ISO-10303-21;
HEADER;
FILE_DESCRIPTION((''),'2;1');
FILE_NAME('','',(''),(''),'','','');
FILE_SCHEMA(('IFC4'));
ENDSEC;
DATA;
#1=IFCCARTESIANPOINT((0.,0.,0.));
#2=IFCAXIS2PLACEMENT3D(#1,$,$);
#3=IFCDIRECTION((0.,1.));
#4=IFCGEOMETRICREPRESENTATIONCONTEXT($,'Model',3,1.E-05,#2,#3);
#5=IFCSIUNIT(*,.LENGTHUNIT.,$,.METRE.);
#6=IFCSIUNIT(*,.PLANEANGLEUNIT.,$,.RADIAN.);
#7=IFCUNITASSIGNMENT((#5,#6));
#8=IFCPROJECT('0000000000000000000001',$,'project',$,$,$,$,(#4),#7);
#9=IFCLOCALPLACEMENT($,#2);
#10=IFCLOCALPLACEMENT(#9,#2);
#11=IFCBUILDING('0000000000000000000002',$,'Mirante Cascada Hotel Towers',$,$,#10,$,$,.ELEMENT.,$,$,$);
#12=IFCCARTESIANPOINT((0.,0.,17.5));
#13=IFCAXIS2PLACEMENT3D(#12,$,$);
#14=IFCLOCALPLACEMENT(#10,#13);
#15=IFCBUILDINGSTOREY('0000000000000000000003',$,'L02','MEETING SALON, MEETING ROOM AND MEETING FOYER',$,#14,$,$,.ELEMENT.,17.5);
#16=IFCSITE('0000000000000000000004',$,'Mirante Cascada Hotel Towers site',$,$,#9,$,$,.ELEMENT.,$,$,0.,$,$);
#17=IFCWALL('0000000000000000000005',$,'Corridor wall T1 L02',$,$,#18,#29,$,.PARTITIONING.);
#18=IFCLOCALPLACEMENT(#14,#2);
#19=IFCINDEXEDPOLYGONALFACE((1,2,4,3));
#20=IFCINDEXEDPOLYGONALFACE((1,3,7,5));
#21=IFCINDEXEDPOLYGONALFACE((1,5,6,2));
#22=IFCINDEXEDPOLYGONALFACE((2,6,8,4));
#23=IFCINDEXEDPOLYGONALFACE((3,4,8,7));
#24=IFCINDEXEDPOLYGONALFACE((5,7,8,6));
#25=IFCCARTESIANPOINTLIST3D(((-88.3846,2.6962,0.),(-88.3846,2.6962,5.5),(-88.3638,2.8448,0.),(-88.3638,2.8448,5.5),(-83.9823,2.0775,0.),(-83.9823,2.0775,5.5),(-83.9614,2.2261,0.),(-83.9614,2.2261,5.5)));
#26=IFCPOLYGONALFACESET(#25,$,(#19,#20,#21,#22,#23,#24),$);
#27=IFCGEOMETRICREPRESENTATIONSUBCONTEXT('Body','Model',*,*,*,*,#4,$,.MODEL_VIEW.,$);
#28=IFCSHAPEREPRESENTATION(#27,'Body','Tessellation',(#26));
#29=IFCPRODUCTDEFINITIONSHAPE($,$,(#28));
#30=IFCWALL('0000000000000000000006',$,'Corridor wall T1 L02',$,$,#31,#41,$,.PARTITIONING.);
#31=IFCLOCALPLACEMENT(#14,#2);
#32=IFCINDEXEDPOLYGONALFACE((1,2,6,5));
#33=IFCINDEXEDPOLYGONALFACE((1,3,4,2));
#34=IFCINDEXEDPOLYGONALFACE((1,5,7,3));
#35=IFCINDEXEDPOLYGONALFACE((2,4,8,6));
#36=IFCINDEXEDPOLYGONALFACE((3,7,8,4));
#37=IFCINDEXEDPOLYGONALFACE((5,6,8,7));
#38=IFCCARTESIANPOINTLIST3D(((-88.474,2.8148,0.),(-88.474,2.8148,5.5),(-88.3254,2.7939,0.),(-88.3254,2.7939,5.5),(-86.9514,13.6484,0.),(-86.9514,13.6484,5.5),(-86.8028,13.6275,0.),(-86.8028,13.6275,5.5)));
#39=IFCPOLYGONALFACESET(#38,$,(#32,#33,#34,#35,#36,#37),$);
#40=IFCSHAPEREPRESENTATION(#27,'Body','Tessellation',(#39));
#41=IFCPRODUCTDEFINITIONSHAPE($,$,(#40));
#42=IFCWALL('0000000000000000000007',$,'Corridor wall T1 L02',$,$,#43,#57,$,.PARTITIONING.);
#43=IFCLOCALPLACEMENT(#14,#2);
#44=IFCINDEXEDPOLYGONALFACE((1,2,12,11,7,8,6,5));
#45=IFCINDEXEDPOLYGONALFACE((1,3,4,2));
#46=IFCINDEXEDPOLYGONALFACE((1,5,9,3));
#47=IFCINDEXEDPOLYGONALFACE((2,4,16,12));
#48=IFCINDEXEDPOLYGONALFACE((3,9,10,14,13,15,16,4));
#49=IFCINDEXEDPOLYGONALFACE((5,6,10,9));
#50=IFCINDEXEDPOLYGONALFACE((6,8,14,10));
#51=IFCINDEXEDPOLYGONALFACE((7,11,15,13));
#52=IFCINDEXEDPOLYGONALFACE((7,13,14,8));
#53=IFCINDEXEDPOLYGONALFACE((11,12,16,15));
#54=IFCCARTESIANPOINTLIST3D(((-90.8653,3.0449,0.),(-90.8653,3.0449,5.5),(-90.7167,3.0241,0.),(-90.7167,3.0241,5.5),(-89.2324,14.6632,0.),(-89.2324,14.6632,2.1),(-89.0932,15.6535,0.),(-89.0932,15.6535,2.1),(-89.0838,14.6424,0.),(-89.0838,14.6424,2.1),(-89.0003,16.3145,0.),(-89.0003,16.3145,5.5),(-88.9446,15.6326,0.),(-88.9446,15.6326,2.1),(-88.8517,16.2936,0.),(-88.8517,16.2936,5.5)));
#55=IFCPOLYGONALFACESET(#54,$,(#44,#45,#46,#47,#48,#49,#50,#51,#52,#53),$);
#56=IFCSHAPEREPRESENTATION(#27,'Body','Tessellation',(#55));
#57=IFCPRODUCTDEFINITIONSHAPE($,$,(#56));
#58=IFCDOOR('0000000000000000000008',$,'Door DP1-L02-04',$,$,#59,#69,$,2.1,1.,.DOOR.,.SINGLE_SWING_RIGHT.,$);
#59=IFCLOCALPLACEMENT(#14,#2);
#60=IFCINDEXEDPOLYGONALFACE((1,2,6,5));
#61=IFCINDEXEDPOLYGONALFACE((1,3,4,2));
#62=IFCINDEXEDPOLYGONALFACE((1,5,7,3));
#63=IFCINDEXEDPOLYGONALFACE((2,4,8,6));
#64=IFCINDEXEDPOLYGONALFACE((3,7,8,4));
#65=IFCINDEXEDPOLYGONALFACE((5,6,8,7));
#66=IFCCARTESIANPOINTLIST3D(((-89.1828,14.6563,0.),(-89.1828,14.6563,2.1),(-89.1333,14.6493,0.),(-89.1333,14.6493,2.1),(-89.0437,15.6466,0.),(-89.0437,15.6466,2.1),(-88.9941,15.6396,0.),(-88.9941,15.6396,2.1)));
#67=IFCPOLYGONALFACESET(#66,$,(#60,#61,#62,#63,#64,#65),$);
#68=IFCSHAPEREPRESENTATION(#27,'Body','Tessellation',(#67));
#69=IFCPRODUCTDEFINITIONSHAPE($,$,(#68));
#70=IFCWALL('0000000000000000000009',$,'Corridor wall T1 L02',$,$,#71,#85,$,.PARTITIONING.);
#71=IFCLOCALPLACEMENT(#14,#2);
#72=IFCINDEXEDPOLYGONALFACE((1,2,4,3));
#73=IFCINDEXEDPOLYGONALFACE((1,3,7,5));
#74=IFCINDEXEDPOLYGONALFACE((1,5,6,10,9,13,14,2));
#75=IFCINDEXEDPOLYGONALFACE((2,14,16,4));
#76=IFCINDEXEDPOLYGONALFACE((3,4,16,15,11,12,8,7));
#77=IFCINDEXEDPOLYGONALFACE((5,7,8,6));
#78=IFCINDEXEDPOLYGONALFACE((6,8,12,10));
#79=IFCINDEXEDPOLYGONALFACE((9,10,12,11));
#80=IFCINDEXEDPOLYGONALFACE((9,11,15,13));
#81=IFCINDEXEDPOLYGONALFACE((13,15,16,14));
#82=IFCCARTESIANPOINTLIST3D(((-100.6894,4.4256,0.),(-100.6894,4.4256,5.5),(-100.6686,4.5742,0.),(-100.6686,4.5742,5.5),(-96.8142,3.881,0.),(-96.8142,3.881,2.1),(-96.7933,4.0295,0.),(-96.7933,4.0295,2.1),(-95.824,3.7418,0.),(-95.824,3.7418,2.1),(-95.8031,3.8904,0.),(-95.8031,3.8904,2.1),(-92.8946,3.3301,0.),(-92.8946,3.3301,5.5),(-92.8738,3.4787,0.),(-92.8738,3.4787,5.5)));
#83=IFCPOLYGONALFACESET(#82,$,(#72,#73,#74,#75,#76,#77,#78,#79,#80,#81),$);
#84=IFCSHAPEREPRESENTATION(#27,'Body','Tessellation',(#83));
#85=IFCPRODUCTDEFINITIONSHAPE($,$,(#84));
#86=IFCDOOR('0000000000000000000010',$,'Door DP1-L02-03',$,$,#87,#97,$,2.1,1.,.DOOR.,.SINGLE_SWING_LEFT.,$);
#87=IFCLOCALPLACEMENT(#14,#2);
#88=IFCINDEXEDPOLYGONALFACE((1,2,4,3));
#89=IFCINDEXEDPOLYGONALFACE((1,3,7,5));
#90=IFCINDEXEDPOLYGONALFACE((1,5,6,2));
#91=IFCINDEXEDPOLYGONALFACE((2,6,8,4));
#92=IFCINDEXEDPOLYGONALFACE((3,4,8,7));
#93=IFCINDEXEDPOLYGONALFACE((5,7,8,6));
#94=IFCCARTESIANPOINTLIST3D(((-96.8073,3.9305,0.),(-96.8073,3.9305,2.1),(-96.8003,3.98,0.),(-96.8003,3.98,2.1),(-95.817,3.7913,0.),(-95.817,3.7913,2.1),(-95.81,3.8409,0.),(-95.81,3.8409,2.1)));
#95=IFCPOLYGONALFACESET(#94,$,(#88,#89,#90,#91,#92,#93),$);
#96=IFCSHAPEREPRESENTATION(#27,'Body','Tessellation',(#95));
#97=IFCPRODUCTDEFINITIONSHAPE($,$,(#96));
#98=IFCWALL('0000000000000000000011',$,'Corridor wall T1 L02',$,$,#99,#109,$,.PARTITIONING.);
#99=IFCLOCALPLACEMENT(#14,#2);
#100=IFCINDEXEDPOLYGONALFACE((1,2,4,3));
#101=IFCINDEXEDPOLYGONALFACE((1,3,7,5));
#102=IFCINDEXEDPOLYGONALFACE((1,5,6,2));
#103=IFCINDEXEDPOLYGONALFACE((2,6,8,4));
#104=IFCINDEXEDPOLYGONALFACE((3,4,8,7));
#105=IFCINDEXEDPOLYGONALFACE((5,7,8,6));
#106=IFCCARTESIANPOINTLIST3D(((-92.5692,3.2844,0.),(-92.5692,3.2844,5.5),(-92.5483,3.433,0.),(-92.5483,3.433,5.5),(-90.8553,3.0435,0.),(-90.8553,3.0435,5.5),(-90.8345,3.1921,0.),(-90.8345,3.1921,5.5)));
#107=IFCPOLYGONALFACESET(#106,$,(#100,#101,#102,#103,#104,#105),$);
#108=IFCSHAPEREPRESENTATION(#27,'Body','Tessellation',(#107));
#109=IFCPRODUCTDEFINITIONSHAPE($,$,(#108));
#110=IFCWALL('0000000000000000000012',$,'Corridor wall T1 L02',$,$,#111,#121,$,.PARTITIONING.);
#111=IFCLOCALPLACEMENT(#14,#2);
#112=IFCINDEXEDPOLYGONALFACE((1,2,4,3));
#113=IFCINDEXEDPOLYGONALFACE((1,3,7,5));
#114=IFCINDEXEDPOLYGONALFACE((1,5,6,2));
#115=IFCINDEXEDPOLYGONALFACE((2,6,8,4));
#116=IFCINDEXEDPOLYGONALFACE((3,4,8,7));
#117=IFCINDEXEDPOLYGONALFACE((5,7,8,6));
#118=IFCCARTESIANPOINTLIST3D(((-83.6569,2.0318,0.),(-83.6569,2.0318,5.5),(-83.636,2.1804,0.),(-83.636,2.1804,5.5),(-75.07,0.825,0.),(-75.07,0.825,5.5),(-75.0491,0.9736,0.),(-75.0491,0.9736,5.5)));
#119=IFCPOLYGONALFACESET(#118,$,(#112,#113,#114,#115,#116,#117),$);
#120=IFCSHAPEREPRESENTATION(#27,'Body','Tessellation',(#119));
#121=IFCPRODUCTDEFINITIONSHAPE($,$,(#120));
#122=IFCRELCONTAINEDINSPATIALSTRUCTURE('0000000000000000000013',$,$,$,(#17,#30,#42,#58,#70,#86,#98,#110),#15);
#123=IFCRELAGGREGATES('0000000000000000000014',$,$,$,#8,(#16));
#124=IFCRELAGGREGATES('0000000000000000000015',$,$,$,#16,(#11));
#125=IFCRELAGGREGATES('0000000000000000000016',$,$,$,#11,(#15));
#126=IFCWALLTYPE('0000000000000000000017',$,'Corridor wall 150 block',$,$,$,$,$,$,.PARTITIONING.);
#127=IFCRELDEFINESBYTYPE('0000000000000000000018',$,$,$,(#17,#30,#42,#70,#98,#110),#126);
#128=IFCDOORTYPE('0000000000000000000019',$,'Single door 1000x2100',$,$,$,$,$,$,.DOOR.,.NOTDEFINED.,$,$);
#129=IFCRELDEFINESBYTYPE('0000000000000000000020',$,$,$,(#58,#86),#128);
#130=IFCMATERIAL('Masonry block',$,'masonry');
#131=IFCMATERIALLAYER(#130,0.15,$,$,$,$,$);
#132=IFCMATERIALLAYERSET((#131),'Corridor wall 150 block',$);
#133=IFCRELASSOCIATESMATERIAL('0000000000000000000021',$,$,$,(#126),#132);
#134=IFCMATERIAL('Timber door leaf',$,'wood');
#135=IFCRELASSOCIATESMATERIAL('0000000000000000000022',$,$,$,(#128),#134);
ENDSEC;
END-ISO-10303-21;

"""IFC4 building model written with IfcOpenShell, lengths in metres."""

from ifc_helpers import new_model, si_unit, direction, frame, frame_2d, origin, place, context, subcontext, project, spatial, rectangle, extrude, material, layer, layer_set, type_object, element, fill, save


model = new_model("IFC4")

# Units and contexts
model_context = context("Model", 3, precision=1e-05, world=origin(), true_north=direction((0.0, 1.0)))
body_context = subcontext(model_context, "Body", "Model", "MODEL_VIEW")
ifc_project = project(units=[si_unit("LENGTHUNIT", "METRE"), si_unit("PLANEANGLEUNIT", "RADIAN")], contexts=[model_context])

# Site, building, storey
site_placement = place(None, origin())
site = spatial("IfcSite", under=ifc_project, at=site_placement, Name="Mirante Cascada Hotel Towers site", CompositionType="ELEMENT", RefElevation=0.0)
building_placement = place(site_placement, origin())
building = spatial("IfcBuilding", under=site, at=building_placement, Name="Mirante Cascada Hotel Towers", CompositionType="ELEMENT")
storey_placement = place(building_placement, frame((0.0, 0.0, 17.5)))
storey = spatial("IfcBuildingStorey", under=building, at=storey_placement, Name="L02", Description="MEETING SALON, MEETING ROOM AND MEETING FOYER", CompositionType="ELEMENT", Elevation=17.5)

# Walls
ifc_material_1 = material(Name="Masonry block", Category="masonry")
ifc_layer_1 = layer(ifc_material_1, 0.15)
ifc_layer_set_1 = layer_set([ifc_layer_1], Name="Corridor wall 150 block")
wall_type = type_object("IfcWallType", Name="Corridor wall 150 block", PredefinedType="PARTITIONING", material=ifc_layer_set_1)
wall_1_placement = place(storey_placement, frame((-88.3742, 2.7705, 0.0), z_axis=(0.0, 0.0, 1.0), x_axis=(0.990268, -0.139173, 0.0)))
element("IfcWall", 1, at=wall_1_placement, inside=storey, type_object=wall_type, Name="Corridor wall T1 L02", PredefinedType="PARTITIONING", context=body_context, shape_type="SweptSolid", body=[
    extrude(rectangle(XDim=4.4456, YDim=0.15, at=frame_2d((2.2228, 0.0))), origin(), (0.0, 0.0, 1.0), 5.5),
])
wall_2_placement = place(storey_placement, frame((-88.3997, 2.8044, 0.0), z_axis=(0.0, 0.0, 1.0), x_axis=(0.139176, 0.990268, 0.0)))
element("IfcWall", 2, at=wall_2_placement, inside=storey, type_object=wall_type, Name="Corridor wall T1 L02", PredefinedType="PARTITIONING", context=body_context, shape_type="SweptSolid", body=[
    extrude(rectangle(XDim=10.9401, YDim=0.15, at=frame_2d((5.47, 0.0))), origin(), (0.0, 0.0, 1.0), 5.5),
])

# Walls, openings, doors
wall_3_placement = place(storey_placement, frame((-90.791, 3.0345, 0.0), z_axis=(0.0, 0.0, 1.0), x_axis=(0.139179, 0.990267, 0.0)))
wall_3 = element("IfcWall", 3, at=wall_3_placement, inside=storey, type_object=wall_type, Name="Corridor wall T1 L02", PredefinedType="PARTITIONING", context=body_context, shape_type="SweptSolid", body=[
    extrude(rectangle(XDim=13.4, YDim=0.15, at=frame_2d((6.7, 0.0))), origin(), (0.0, 0.0, 1.0), 5.5),
])
opening_1_placement = place(wall_3_placement, frame((11.7325, 0.0, 0.0)))
opening_1 = element("IfcOpeningElement", 4, at=opening_1_placement, cuts=wall_3, PredefinedType="OPENING", context=body_context, shape_type="SweptSolid", body=[
    extrude(rectangle(XDim=1.0, YDim=2.1, at=frame_2d((0.5, 1.05))), frame((0.0, 0.075, 0.0), z_axis=(0.0, -1.0, 0.0), x_axis=(1.0, 0.0, 0.0)), (0.0, 0.0, 1.0), 0.15),
])
ifc_material_2 = material(Name="Timber door leaf", Category="wood")
door_type = type_object("IfcDoorType", Name="Single door 1000x2100", OperationType="NOTDEFINED", PredefinedType="DOOR", material=ifc_material_2)
door_1_placement = place(opening_1_placement, origin())
door_1 = element("IfcDoor", 5, at=door_1_placement, inside=storey, type_object=door_type, Name="Door DP1-L02-04", OperationType="SINGLE_SWING_RIGHT", OverallHeight=2.1, OverallWidth=1.0, PredefinedType="DOOR", context=body_context, shape_type="SweptSolid", body=[
    extrude(rectangle(XDim=1.0, YDim=2.1, at=frame_2d((0.5, 1.05))), frame((0.0, 0.025, 0.0), z_axis=(0.0, -1.0, 0.0), x_axis=(1.0, 0.0, 0.0)), (0.0, 0.0, 1.0), 0.05),
])
fill(opening_1, door_1)
wall_4_placement = place(storey_placement, frame((-100.679, 4.4999, 0.0), z_axis=(0.0, 0.0, 1.0), x_axis=(0.990268, -0.139175, 0.0)))
wall_4 = element("IfcWall", 6, at=wall_4_placement, inside=storey, type_object=wall_type, Name="Corridor wall T1 L02", PredefinedType="PARTITIONING", context=body_context, shape_type="SweptSolid", body=[
    extrude(rectangle(XDim=7.8714, YDim=0.15, at=frame_2d((3.9357, 0.0))), origin(), (0.0, 0.0, 1.0), 5.5),
])
opening_2_placement = place(wall_4_placement, frame((3.9133, 0.0, 0.0)))
opening_2 = element("IfcOpeningElement", 7, at=opening_2_placement, cuts=wall_4, PredefinedType="OPENING", context=body_context, shape_type="SweptSolid", body=[
    extrude(rectangle(XDim=1.0, YDim=2.1, at=frame_2d((0.5, 1.05))), frame((0.0, 0.075, 0.0), z_axis=(0.0, -1.0, 0.0), x_axis=(1.0, 0.0, 0.0)), (0.0, 0.0, 1.0), 0.15),
])
door_2_placement = place(opening_2_placement, frame((1.0, 0.0, 0.0), z_axis=(0.0, 0.0, 1.0), x_axis=(-1.0, 0.0, 0.0)))
door_2 = element("IfcDoor", 8, at=door_2_placement, inside=storey, type_object=door_type, Name="Door DP1-L02-03", OperationType="SINGLE_SWING_LEFT", OverallHeight=2.1, OverallWidth=1.0, PredefinedType="DOOR", context=body_context, shape_type="SweptSolid", body=[
    extrude(rectangle(XDim=1.0, YDim=2.1, at=frame_2d((0.5, 1.05))), frame((0.0, 0.025, 0.0), z_axis=(0.0, -1.0, 0.0), x_axis=(1.0, 0.0, 0.0)), (0.0, 0.0, 1.0), 0.05),
])
fill(opening_2, door_2)

# Walls
wall_5_placement = place(storey_placement, frame((-92.5588, 3.3587, 0.0), z_axis=(0.0, 0.0, 1.0), x_axis=(0.990266, -0.139188, 0.0)))
element("IfcWall", 9, at=wall_5_placement, inside=storey, type_object=wall_type, Name="Corridor wall T1 L02", PredefinedType="PARTITIONING", context=body_context, shape_type="SweptSolid", body=[
    extrude(rectangle(XDim=1.7307, YDim=0.15, at=frame_2d((0.8654, 0.0))), origin(), (0.0, 0.0, 1.0), 5.5),
])
wall_6_placement = place(storey_placement, frame((-83.6464, 2.1061, 0.0), z_axis=(0.0, 0.0, 1.0), x_axis=(0.990268, -0.139172, 0.0)))
element("IfcWall", 10, at=wall_6_placement, inside=storey, type_object=wall_type, Name="Corridor wall T1 L02", PredefinedType="PARTITIONING", context=body_context, shape_type="SweptSolid", body=[
    extrude(rectangle(XDim=8.6713, YDim=0.15, at=frame_2d((4.3356, 0.0))), origin(), (0.0, 0.0, 1.0), 5.5),
])

save(model, "model.ifc")
